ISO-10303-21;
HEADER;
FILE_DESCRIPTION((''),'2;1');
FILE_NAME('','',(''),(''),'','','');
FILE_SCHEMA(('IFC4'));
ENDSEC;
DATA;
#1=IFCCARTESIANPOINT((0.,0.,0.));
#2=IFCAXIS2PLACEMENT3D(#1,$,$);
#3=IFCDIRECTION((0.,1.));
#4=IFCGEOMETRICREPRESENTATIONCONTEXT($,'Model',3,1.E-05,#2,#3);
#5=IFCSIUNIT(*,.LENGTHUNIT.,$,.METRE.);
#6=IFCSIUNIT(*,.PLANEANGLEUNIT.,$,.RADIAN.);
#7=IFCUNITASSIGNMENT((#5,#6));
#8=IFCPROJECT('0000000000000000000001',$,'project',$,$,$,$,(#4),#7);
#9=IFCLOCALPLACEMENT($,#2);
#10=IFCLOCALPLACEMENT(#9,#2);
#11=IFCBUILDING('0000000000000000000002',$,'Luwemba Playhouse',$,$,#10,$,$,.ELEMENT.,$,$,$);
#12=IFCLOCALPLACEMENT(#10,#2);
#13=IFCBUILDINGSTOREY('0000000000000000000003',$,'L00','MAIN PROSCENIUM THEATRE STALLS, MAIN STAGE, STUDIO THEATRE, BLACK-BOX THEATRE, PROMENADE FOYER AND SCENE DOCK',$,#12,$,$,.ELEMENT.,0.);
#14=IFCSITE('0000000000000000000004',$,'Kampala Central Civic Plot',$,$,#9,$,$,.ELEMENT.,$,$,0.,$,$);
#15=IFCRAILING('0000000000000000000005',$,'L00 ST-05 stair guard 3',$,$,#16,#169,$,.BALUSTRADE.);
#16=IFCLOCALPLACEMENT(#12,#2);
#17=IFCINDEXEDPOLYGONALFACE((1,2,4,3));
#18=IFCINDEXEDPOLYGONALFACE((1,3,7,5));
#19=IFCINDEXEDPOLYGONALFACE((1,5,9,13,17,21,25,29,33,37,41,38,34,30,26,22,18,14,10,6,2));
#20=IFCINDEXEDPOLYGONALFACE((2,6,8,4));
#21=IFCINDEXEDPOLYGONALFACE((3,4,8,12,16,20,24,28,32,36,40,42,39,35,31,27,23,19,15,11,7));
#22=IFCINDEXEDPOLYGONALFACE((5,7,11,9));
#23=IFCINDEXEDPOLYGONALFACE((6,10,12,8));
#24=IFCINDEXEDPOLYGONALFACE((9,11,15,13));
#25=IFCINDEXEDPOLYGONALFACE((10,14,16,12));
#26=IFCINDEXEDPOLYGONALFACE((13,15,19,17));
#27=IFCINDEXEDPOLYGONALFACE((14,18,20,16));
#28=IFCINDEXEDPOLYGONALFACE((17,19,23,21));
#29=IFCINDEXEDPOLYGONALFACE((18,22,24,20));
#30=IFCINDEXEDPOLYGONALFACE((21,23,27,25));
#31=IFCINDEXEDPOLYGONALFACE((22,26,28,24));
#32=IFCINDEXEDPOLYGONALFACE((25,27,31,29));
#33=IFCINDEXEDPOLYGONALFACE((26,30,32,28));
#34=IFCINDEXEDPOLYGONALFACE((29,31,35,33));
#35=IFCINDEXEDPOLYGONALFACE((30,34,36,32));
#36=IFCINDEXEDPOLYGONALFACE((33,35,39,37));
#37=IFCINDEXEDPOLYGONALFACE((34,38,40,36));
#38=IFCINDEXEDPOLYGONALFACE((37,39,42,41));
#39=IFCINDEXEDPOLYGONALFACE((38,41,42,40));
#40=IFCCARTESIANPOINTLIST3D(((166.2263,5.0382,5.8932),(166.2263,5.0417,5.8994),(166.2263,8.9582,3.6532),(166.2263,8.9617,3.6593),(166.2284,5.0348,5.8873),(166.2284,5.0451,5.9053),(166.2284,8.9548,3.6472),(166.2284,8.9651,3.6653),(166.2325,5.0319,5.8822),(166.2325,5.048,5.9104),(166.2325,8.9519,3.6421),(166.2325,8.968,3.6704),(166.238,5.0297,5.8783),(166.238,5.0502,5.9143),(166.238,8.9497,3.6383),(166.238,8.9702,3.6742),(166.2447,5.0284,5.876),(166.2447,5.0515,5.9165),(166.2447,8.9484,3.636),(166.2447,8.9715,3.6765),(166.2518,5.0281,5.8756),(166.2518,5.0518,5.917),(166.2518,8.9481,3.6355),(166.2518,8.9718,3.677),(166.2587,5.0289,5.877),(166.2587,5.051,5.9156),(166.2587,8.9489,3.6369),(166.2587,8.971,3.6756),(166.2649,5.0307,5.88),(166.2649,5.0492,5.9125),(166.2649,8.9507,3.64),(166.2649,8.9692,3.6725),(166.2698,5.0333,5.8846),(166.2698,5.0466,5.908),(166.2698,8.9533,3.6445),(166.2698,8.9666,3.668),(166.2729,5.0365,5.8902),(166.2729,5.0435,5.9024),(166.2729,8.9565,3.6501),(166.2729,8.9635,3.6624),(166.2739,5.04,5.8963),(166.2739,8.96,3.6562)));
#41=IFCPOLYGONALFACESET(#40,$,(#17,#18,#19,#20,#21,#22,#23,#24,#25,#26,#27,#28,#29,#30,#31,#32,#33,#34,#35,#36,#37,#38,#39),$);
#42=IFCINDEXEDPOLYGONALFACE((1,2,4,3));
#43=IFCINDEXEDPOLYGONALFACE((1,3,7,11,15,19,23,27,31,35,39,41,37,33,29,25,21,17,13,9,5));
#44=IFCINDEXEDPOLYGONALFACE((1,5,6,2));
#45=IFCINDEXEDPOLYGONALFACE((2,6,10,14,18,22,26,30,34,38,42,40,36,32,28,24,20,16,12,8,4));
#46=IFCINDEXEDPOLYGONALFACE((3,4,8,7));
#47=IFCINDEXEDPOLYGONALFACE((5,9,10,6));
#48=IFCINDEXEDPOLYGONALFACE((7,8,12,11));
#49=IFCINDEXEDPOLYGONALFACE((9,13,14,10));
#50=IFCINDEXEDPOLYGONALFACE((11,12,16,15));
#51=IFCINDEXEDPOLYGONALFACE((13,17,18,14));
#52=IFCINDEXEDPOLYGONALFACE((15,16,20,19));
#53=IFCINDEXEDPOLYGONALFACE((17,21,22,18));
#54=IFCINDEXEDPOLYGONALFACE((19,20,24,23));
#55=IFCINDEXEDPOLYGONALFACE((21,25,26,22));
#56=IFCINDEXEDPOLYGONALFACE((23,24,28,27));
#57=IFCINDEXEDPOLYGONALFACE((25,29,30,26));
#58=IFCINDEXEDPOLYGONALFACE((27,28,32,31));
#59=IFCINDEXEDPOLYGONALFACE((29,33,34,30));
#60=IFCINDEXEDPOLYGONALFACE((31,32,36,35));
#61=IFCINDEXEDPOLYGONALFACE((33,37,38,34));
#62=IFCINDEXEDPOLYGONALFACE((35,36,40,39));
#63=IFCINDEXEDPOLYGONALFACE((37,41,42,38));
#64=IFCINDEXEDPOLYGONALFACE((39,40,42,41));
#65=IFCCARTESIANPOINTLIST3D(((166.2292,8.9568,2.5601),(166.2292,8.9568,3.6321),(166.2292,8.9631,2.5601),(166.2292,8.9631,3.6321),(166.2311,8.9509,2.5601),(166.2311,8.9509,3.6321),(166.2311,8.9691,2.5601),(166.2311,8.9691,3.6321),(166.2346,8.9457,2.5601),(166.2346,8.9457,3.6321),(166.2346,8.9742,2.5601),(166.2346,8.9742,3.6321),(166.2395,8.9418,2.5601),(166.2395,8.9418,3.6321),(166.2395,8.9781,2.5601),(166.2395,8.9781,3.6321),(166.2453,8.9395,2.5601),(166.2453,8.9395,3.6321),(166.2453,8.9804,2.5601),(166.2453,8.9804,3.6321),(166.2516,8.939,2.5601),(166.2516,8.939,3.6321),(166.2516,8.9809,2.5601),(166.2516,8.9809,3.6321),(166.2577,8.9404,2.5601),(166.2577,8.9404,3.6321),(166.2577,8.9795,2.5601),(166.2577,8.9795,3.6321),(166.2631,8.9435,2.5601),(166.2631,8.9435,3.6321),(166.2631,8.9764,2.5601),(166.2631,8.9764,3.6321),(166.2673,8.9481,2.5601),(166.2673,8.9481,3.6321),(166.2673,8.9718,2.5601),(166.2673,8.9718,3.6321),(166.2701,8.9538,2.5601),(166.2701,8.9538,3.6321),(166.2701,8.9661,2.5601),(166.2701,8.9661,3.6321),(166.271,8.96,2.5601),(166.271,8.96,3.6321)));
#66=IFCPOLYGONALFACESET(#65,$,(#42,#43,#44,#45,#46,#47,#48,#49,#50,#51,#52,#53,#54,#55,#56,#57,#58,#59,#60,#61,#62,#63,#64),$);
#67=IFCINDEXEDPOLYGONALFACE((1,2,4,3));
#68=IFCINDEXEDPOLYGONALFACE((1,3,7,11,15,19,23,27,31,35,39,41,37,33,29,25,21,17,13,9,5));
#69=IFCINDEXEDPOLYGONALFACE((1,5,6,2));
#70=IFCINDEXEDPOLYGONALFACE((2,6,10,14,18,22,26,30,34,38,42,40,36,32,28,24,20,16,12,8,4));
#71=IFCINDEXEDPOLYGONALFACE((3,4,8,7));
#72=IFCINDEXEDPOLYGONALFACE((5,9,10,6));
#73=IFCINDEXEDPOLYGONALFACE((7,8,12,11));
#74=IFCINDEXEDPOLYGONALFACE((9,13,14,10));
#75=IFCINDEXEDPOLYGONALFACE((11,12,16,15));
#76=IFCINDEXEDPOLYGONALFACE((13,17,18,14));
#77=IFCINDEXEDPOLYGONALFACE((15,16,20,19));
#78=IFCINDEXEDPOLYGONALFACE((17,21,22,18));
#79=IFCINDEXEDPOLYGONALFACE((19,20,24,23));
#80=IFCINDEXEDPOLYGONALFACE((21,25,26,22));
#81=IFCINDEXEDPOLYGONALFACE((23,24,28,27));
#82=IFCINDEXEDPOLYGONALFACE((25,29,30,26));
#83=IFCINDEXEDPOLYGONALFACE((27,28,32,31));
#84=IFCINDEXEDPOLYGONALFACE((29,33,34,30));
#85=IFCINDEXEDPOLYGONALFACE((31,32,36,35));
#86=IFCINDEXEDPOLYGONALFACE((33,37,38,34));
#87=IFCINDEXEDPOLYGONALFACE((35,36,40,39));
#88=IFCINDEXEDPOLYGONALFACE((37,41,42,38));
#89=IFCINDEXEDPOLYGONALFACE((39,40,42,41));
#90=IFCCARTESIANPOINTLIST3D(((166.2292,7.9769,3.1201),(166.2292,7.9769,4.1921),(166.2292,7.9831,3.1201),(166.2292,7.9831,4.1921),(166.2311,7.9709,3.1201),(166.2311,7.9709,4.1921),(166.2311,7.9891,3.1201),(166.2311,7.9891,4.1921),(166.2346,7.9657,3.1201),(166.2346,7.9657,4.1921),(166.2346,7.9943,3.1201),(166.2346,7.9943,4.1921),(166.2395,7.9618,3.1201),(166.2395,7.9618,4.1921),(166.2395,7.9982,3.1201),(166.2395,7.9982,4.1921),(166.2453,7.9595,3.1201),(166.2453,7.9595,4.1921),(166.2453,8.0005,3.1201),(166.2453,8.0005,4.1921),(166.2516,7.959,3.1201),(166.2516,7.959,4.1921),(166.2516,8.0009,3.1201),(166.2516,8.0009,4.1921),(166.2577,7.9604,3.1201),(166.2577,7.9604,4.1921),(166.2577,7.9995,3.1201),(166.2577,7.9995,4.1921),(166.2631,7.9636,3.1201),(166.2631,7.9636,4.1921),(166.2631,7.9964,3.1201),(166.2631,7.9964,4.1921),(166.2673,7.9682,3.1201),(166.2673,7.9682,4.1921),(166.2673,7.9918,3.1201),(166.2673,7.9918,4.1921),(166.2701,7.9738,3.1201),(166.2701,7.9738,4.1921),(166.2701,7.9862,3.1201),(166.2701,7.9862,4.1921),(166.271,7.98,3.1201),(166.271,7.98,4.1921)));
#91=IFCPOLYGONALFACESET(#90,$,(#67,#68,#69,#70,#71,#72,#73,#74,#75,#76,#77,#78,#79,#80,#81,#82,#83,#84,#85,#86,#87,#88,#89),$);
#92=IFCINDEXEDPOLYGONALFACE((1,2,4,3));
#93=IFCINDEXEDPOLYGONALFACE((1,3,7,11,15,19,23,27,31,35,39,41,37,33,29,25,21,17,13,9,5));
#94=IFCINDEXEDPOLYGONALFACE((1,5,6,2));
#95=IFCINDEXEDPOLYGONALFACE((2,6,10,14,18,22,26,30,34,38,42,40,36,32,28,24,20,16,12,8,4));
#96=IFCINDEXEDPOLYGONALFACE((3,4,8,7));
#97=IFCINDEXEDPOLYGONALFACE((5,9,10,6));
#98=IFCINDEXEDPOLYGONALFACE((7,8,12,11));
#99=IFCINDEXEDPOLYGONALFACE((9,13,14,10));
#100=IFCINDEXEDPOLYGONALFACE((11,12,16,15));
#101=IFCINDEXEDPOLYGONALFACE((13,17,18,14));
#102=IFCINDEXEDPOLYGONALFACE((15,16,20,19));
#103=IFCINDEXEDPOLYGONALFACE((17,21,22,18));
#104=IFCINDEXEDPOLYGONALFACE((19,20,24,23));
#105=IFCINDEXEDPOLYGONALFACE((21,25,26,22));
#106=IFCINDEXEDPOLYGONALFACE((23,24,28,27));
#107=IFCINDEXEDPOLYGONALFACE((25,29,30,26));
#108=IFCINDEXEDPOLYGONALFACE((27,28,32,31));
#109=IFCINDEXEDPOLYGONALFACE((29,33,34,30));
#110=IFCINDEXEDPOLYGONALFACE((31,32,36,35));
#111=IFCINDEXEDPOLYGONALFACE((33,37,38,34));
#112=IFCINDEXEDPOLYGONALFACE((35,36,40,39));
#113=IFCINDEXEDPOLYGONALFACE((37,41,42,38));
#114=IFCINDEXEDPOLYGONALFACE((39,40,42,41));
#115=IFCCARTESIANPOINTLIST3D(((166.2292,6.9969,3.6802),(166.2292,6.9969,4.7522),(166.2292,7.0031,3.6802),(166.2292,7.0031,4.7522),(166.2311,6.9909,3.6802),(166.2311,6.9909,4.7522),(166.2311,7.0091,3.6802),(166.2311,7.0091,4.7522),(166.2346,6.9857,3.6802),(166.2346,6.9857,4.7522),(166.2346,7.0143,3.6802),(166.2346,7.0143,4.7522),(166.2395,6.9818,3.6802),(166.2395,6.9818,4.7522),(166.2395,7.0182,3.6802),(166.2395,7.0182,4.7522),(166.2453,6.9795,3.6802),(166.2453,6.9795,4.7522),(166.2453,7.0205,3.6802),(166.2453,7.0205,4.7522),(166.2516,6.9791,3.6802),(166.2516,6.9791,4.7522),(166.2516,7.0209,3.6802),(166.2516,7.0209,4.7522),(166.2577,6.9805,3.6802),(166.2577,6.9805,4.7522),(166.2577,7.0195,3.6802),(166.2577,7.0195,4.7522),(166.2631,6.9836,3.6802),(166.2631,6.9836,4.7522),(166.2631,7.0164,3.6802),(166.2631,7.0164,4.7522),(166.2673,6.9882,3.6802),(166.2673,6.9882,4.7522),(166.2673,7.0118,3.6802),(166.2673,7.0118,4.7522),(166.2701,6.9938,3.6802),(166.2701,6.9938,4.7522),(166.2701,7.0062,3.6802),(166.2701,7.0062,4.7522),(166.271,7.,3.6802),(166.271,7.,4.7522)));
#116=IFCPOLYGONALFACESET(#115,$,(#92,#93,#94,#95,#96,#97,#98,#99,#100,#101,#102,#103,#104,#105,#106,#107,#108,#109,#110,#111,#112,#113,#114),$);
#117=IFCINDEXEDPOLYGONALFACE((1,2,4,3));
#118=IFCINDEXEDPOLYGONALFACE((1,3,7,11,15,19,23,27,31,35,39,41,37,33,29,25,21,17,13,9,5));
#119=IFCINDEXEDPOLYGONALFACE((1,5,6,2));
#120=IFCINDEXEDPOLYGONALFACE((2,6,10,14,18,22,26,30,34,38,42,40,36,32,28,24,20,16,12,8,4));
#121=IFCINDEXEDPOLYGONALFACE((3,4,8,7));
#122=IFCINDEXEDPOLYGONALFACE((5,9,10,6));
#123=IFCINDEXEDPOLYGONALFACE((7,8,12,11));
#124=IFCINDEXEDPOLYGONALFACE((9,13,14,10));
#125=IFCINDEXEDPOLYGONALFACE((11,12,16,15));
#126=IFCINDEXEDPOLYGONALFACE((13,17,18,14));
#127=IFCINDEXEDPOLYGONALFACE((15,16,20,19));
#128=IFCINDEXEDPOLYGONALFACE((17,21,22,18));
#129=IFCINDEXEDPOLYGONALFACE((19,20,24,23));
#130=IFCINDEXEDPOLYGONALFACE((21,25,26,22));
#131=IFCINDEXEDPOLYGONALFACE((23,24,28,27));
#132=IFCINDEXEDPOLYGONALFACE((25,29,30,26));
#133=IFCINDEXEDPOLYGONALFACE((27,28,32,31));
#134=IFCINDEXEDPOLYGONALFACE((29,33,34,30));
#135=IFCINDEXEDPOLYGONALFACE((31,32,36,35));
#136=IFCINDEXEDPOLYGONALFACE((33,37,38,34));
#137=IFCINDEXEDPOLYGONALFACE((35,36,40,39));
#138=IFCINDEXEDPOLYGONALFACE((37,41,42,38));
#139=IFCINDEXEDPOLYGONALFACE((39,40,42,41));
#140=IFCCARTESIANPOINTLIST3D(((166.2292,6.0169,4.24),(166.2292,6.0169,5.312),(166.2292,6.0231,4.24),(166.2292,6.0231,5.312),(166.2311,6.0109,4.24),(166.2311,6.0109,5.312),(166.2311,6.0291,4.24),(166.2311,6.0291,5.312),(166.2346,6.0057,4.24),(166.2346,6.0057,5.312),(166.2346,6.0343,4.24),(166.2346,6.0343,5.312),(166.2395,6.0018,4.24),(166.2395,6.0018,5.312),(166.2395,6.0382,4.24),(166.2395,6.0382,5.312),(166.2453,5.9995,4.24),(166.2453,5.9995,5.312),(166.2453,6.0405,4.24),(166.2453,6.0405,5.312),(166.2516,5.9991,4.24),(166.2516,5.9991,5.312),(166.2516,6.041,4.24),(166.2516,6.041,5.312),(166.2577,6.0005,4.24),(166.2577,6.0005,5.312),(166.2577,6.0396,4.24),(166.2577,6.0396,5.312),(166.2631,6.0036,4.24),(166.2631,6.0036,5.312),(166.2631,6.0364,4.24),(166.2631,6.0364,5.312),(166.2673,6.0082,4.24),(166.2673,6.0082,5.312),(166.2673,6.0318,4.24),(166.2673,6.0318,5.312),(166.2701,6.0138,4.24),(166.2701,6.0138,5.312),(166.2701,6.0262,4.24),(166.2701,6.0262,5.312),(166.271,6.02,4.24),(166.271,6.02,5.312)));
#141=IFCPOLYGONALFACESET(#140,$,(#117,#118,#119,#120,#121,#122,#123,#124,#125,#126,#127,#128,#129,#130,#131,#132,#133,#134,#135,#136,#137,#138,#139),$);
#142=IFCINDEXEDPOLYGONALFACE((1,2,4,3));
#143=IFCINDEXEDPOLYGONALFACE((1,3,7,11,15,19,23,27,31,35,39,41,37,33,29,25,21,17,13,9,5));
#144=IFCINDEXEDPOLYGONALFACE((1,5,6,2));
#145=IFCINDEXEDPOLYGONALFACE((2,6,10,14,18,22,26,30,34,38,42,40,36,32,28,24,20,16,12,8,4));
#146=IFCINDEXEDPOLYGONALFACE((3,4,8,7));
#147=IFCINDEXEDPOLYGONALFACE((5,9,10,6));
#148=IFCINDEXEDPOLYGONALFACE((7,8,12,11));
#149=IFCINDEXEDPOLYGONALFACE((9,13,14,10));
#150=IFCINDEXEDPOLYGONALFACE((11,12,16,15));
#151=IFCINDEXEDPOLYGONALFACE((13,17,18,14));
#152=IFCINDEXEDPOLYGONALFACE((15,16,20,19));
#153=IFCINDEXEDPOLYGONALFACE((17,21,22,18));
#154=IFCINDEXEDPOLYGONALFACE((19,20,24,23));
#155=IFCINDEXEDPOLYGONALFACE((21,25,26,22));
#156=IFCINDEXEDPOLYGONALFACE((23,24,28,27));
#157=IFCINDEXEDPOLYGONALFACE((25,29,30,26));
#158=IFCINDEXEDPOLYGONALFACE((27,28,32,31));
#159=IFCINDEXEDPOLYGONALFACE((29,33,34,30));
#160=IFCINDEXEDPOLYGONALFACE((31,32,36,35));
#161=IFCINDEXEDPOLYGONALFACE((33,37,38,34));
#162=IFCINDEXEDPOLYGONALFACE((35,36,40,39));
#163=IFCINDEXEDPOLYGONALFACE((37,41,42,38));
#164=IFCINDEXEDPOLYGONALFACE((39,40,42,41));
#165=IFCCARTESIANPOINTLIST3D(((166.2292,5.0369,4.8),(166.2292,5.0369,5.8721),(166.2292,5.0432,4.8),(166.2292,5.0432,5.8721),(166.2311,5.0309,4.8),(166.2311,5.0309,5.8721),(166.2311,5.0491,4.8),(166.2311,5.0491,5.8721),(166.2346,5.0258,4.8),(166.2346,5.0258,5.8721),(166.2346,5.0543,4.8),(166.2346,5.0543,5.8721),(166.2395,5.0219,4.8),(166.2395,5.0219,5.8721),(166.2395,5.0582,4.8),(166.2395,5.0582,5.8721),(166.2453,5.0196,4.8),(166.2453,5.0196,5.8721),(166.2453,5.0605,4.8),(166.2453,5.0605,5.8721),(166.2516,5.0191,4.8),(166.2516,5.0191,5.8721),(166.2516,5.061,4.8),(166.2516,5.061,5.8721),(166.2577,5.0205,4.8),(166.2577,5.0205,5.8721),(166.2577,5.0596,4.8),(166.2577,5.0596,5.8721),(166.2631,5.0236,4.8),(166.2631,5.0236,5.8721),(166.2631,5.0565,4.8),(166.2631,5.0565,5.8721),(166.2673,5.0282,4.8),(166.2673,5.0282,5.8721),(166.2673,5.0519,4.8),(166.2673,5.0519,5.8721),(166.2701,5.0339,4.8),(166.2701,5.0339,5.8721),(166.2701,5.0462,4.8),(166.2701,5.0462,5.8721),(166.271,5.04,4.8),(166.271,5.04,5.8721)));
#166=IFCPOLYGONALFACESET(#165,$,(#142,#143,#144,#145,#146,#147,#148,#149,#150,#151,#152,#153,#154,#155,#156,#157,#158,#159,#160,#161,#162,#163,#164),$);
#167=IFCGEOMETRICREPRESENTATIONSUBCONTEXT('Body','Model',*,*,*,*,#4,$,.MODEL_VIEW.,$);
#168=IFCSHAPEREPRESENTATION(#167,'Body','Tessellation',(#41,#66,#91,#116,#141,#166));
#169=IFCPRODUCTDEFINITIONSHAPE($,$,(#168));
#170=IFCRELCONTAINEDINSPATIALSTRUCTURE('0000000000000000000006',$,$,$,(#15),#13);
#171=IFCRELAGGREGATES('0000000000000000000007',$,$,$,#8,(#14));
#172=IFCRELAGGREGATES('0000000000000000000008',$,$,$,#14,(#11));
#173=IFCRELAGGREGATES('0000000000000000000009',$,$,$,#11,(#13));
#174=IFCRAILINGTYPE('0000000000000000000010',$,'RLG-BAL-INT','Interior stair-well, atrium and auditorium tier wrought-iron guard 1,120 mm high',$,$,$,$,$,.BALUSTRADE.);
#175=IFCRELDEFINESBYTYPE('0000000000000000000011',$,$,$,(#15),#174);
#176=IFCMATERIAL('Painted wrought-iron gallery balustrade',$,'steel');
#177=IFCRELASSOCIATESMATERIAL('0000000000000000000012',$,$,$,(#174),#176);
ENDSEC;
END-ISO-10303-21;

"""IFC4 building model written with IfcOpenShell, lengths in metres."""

from ifc_helpers import new_model, si_unit, direction, frame, origin, origin_2d, place, context, subcontext, project, spatial, circle, extrude, material, type_object, element, save


model = new_model("IFC4")

# Units and contexts
model_context = context("Model", 3, precision=1e-05, world=origin(), true_north=direction((0.0, 1.0)))
body_context = subcontext(model_context, "Body", "Model", "MODEL_VIEW")
ifc_project = project(units=[si_unit("LENGTHUNIT", "METRE"), si_unit("PLANEANGLEUNIT", "RADIAN")], contexts=[model_context])

# Site, building, storey
site_placement = place(None, origin())
site = spatial("IfcSite", under=ifc_project, at=site_placement, Name="Kampala Central Civic Plot", CompositionType="ELEMENT", RefElevation=0.0)
building_placement = place(site_placement, origin())
building = spatial("IfcBuilding", under=site, at=building_placement, Name="Luwemba Playhouse", CompositionType="ELEMENT")
storey_placement = place(building_placement, origin())
storey = spatial("IfcBuildingStorey", under=building, at=storey_placement, Name="L00", Description="MAIN PROSCENIUM THEATRE STALLS, MAIN STAGE, STUDIO THEATRE, BLACK-BOX THEATRE, PROMENADE FOYER AND SCENE DOCK", CompositionType="ELEMENT", Elevation=0.0)

# Railing
ifc_material_1 = material(Name="Painted wrought-iron gallery balustrade", Category="steel")
railing_type_1 = type_object("IfcRailingType", Name="RLG-BAL-INT", Description="Interior stair-well, atrium and auditorium tier wrought-iron guard 1,120 mm high", PredefinedType="BALUSTRADE", material=ifc_material_1)
railing_1_placement = place(storey_placement, frame((166.25, 8.96, 2.5601)))
element("IfcRailing", 1, at=railing_1_placement, inside=storey, type_object=railing_type_1, Name="L00 ST-05 stair guard 3", PredefinedType="BALUSTRADE", context=body_context, shape_type="SweptSolid", body=[
    extrude(circle(Radius=0.0239, at=origin_2d()), frame((0.0, 0.0, 1.0962), z_axis=(0.0, -0.86824, 0.496145), x_axis=(1.0, 0.0, 0.0)), (0.0, 0.0, 1.0), 4.5149),
    extrude(circle(Radius=0.021, at=origin_2d()), origin(), (0.0, 0.0, 1.0), 1.072),
    extrude(circle(Radius=0.021, at=origin_2d()), frame((0.0, -0.98, 0.5601)), (0.0, 0.0, 1.0), 1.072),
    extrude(circle(Radius=0.021, at=origin_2d()), frame((0.0, -1.96, 1.1201)), (0.0, 0.0, 1.0), 1.072),
    extrude(circle(Radius=0.021, at=origin_2d()), frame((0.0, -2.9399, 1.6799)), (0.0, 0.0, 1.0), 1.072),
    extrude(circle(Radius=0.021, at=origin_2d()), frame((0.0, -3.9199, 2.24)), (0.0, 0.0, 1.0), 1.072),
])

save(model, "model.ifc")
